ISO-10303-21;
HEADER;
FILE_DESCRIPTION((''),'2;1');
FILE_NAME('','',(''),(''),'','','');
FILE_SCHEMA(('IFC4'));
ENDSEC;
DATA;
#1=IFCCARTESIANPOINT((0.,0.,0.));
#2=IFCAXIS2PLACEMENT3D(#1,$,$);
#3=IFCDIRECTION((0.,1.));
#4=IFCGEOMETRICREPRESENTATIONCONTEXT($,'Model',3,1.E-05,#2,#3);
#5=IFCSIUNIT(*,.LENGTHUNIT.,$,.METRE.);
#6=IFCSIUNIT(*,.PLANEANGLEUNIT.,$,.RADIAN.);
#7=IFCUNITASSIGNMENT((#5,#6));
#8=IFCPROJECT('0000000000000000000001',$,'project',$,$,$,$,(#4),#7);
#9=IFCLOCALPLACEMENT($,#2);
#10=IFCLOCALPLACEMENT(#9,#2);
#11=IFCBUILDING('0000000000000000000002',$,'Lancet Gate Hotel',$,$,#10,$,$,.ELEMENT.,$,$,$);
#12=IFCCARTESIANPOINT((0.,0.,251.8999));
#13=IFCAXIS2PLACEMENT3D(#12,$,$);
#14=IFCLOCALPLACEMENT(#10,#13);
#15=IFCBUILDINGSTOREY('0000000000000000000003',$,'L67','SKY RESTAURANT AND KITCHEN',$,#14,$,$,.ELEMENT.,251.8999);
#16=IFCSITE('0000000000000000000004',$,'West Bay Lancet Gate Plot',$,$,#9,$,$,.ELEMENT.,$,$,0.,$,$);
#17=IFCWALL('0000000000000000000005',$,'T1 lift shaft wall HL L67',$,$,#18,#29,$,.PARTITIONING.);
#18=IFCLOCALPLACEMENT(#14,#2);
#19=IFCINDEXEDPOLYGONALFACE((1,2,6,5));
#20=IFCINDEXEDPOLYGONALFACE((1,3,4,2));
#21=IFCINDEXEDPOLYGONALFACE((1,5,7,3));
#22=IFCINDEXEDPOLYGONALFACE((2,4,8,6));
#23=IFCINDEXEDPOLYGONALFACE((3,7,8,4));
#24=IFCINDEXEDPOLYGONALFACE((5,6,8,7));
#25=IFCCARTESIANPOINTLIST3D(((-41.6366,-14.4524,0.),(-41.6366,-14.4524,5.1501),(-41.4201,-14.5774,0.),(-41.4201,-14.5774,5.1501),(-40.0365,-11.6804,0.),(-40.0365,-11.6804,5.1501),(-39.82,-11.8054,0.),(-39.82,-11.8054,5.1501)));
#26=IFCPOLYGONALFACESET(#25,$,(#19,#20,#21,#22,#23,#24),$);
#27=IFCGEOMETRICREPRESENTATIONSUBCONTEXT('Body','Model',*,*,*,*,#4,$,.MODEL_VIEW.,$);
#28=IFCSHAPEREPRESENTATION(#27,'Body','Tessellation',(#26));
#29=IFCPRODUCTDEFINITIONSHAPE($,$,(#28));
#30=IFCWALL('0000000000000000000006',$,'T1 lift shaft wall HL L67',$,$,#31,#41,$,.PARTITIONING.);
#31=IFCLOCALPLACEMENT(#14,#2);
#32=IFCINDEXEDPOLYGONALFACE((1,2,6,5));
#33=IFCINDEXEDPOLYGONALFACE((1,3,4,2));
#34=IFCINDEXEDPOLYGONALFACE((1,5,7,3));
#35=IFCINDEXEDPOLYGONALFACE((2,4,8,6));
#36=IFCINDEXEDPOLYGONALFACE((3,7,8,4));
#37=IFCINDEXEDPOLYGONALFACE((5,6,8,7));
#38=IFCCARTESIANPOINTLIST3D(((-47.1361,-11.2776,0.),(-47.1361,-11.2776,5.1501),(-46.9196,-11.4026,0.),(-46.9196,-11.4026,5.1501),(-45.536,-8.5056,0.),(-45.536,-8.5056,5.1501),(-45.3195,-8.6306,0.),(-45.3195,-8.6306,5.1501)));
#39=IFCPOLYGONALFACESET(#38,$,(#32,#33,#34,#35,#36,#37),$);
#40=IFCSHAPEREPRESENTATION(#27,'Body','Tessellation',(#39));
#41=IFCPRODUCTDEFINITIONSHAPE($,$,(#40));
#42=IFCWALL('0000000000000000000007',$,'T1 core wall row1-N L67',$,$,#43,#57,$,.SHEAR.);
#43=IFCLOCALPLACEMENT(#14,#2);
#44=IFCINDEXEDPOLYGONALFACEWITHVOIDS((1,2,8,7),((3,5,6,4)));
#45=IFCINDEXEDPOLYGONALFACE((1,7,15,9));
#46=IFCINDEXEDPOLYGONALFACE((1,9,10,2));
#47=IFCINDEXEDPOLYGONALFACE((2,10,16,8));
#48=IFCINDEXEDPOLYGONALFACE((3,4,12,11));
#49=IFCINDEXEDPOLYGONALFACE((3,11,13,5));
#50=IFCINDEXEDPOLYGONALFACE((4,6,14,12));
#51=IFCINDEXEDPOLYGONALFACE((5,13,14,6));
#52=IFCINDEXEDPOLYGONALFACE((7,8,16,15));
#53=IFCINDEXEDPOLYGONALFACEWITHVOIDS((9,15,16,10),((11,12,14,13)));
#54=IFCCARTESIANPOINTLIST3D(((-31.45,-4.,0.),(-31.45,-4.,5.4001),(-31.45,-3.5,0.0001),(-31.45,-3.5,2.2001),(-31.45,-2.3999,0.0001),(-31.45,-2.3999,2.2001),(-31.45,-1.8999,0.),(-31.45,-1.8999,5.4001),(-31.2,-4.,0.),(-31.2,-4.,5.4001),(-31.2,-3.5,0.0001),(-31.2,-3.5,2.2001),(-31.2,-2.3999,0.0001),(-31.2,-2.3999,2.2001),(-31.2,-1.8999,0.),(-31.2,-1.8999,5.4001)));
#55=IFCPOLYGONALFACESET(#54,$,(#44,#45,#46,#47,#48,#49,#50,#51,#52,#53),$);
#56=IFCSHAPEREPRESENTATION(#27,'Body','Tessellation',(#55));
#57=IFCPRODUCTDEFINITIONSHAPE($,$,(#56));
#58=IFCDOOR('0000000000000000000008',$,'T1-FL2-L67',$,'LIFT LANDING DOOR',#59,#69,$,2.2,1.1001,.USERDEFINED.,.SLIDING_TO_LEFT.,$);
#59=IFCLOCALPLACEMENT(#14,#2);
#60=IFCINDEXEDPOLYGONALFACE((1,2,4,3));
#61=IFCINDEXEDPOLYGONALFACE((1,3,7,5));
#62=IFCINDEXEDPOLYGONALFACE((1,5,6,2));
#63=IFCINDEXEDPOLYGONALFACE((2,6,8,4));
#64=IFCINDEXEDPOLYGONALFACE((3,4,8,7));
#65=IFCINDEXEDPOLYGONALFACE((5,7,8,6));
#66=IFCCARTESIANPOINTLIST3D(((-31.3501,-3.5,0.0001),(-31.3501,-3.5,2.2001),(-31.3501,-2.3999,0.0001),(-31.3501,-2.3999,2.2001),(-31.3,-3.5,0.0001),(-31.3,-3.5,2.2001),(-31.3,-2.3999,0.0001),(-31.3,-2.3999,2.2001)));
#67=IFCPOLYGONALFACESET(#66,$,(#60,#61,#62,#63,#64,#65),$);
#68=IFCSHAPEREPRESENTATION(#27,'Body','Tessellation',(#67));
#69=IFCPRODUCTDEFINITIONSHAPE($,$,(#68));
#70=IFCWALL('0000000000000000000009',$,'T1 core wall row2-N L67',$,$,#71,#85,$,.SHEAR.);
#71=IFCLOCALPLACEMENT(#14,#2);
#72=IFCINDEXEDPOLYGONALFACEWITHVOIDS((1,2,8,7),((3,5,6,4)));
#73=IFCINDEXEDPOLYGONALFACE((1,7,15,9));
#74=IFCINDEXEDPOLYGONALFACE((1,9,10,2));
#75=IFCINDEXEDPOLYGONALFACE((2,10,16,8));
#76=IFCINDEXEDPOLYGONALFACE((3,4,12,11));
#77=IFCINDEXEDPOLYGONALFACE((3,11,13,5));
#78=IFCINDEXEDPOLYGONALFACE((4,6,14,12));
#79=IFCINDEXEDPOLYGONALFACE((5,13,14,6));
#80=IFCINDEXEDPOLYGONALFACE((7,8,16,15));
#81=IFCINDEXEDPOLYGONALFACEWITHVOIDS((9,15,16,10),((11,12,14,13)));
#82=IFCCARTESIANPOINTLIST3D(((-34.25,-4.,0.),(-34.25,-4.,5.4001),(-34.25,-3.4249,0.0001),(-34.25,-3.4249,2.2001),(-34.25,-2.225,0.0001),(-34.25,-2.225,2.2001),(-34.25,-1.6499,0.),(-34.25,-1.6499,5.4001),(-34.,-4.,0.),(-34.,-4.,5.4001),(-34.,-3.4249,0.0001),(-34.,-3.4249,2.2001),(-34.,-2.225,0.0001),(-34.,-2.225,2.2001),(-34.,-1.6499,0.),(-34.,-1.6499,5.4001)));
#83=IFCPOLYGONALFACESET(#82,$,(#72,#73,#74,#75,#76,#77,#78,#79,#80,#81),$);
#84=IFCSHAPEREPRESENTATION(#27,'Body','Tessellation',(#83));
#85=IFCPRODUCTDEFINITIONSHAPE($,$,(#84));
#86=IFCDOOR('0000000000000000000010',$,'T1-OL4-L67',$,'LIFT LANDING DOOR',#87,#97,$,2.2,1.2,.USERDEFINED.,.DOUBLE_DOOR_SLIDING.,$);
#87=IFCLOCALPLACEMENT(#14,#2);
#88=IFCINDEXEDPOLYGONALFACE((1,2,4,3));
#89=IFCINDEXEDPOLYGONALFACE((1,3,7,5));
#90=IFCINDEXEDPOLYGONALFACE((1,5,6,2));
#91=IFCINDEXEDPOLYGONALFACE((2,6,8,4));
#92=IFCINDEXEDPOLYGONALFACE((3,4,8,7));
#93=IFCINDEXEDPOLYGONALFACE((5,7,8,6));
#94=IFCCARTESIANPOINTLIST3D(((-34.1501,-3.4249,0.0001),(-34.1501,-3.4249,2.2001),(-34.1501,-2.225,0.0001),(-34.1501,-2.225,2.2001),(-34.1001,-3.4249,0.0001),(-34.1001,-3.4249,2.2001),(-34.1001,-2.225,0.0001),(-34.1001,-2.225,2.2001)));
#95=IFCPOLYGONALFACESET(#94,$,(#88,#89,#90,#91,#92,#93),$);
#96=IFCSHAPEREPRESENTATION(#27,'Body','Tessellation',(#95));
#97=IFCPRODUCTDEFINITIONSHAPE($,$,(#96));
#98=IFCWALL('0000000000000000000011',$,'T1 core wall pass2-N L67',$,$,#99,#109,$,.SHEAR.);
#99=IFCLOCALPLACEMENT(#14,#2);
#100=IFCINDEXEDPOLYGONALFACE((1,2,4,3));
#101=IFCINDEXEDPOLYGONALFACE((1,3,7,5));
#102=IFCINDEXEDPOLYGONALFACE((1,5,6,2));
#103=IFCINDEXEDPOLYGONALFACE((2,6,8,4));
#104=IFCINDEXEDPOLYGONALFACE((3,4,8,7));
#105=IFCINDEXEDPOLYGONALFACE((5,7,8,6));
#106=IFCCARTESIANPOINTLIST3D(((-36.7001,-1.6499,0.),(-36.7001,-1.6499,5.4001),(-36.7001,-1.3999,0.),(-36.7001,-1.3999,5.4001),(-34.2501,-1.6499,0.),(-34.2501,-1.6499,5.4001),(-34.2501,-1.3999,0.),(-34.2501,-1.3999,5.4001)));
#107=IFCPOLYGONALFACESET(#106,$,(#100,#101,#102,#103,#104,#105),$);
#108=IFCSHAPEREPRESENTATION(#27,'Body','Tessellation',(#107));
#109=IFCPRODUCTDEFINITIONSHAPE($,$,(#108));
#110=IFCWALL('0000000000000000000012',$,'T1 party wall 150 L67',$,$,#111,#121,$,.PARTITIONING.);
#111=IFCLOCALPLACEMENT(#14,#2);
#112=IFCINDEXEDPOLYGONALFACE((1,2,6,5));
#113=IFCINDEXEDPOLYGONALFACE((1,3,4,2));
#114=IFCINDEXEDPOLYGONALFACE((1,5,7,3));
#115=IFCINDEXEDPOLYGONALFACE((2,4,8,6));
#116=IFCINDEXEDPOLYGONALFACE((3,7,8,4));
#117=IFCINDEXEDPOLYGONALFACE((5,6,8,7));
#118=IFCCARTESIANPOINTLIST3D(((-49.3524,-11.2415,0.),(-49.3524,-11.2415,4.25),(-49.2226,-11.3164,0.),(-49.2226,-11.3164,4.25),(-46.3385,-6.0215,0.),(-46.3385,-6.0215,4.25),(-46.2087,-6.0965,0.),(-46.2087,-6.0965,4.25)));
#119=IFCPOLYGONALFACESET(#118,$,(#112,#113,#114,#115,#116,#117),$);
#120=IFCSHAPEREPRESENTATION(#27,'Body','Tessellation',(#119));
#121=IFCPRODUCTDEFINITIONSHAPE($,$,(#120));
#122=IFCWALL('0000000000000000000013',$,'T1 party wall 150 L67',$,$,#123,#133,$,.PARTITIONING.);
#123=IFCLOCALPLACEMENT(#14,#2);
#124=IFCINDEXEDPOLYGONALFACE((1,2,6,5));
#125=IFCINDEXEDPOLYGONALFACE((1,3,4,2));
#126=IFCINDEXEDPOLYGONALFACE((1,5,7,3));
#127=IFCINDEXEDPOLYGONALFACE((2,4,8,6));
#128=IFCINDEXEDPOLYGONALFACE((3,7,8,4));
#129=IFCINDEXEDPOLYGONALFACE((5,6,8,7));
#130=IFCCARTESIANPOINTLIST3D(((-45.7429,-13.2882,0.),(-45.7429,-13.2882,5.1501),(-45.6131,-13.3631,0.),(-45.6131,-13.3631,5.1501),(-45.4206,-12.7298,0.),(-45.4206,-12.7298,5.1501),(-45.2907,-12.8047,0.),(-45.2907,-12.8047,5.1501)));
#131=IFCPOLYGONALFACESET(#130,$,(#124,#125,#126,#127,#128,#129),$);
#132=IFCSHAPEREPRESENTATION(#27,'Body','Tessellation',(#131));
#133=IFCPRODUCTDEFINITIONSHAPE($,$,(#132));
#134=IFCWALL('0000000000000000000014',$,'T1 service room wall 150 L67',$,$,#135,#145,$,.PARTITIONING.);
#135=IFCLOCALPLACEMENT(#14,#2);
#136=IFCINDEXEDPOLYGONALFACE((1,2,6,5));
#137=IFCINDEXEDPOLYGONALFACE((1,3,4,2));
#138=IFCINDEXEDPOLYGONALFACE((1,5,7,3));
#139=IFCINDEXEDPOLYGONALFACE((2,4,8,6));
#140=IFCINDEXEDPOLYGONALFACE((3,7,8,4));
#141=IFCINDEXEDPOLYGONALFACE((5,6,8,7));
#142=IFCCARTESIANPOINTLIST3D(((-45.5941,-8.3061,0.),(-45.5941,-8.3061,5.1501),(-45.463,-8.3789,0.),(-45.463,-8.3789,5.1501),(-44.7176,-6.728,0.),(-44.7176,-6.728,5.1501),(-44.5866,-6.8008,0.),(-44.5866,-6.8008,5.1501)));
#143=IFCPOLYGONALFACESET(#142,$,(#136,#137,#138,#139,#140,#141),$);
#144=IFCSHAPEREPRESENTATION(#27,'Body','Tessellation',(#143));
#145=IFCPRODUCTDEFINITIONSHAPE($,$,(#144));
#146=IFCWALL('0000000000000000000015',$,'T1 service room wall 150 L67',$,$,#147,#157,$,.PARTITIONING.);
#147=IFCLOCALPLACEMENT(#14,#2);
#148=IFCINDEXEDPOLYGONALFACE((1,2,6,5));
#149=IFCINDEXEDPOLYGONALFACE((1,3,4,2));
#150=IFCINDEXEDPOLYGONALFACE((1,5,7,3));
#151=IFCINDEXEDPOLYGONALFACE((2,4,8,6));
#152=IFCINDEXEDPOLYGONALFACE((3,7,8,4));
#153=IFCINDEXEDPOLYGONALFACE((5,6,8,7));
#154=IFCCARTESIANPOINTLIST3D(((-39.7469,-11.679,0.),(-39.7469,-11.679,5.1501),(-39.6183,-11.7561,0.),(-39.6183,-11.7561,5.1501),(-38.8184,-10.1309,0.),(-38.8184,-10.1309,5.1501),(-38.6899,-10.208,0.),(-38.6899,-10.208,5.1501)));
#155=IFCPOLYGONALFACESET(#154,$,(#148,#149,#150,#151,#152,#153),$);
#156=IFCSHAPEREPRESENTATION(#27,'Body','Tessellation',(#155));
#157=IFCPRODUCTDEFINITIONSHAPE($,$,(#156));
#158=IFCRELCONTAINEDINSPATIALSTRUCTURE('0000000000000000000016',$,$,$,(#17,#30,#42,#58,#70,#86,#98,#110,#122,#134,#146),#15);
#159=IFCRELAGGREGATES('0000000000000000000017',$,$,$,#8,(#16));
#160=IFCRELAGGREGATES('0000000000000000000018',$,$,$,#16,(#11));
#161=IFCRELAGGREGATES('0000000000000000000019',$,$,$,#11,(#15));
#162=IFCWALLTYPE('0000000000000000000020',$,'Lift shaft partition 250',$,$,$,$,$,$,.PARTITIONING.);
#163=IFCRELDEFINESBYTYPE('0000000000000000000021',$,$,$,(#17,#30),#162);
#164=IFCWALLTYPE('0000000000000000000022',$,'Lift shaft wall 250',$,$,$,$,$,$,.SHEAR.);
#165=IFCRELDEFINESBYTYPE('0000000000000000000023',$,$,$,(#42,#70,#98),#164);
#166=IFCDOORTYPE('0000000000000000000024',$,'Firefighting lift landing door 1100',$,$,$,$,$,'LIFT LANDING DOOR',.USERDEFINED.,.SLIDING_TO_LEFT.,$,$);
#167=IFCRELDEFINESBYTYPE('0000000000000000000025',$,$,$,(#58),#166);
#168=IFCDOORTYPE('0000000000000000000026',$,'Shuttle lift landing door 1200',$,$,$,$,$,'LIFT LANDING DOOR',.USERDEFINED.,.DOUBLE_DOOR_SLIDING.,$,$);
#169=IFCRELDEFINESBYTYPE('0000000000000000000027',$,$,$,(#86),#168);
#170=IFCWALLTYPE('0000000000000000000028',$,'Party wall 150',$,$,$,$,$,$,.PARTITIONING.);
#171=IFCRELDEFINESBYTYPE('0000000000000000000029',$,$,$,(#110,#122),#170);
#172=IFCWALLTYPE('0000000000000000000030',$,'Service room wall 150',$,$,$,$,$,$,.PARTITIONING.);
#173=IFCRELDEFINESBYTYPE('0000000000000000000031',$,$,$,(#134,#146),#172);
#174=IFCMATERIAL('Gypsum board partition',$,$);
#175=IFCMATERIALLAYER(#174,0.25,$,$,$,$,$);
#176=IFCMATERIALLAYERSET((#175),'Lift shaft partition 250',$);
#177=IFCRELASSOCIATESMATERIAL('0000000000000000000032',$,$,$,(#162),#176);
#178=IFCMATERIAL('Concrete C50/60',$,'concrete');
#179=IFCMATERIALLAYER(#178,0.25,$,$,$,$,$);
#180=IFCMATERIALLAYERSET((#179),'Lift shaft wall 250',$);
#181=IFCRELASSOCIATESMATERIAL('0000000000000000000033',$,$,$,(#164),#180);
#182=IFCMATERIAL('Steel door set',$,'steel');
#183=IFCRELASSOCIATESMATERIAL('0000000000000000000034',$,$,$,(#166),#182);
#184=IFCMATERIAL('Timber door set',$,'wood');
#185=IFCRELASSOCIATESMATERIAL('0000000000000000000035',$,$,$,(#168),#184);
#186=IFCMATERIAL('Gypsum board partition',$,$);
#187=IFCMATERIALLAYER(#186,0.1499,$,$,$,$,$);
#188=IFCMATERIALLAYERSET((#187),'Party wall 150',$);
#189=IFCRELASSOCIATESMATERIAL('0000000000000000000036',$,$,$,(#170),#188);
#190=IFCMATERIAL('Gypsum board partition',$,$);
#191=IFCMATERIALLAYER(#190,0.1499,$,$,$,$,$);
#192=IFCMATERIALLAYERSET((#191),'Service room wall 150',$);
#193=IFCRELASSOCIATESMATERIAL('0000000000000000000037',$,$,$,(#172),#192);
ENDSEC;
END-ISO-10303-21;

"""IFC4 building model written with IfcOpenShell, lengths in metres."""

from ifc_helpers import new_model, si_unit, direction, frame, frame_2d, origin, place, context, subcontext, project, spatial, rectangle, extrude, material, layer, layer_set, type_object, element, fill, save


model = new_model("IFC4")

# Units and contexts
model_context = context("Model", 3, precision=1e-05, world=origin(), true_north=direction((0.0, 1.0)))
body_context = subcontext(model_context, "Body", "Model", "MODEL_VIEW")
ifc_project = project(units=[si_unit("LENGTHUNIT", "METRE"), si_unit("PLANEANGLEUNIT", "RADIAN")], contexts=[model_context])

# Site, building, storey
site_placement = place(None, origin())
site = spatial("IfcSite", under=ifc_project, at=site_placement, Name="West Bay Lancet Gate Plot", CompositionType="ELEMENT", RefElevation=0.0)
building_placement = place(site_placement, origin())
building = spatial("IfcBuilding", under=site, at=building_placement, Name="Lancet Gate Hotel", CompositionType="ELEMENT")
storey_placement = place(building_placement, frame((0.0, 0.0, 251.8999)))
storey = spatial("IfcBuildingStorey", under=building, at=storey_placement, Name="L67", Description="SKY RESTAURANT AND KITCHEN", CompositionType="ELEMENT", Elevation=251.8999)

# Walls
ifc_material_1 = material(Name="Gypsum board partition")
ifc_layer_1 = layer(ifc_material_1, 0.25)
ifc_layer_set_1 = layer_set([ifc_layer_1], Name="Lift shaft partition 250")
wall_type_1 = type_object("IfcWallType", Name="Lift shaft partition 250", PredefinedType="PARTITIONING", material=ifc_layer_set_1)
for number, where, z_axis, x_axis, name in (
    (1, (-39.9282, -11.7429, 0.0), (0.0, 0.0, 1.0), (-0.499929, -0.866066, 0.0), "T1 lift shaft wall HL L67"),
    (2, (-45.4277, -8.5681, 0.0), (0.0, 0.0, 1.0), (-0.499929, -0.866066, 0.0), "T1 lift shaft wall HL L67"),
):
    element("IfcWall", number, at=place(storey_placement, frame(where, z_axis=z_axis, x_axis=x_axis)), inside=storey, type_object=wall_type_1, Name=name, PredefinedType="PARTITIONING", context=body_context, shape_type="SweptSolid", body=[
        extrude(rectangle(XDim=3.2007, YDim=0.25, at=frame_2d((1.6003, 0.0))), origin(), (0.0, 0.0, 1.0), 5.1501),
    ])

# Walls, openings, doors
ifc_material_2 = material(Name="Concrete C50/60", Category="concrete")
ifc_layer_2 = layer(ifc_material_2, 0.25)
ifc_layer_set_2 = layer_set([ifc_layer_2], Name="Lift shaft wall 250")
wall_type_2 = type_object("IfcWallType", Name="Lift shaft wall 250", PredefinedType="SHEAR", material=ifc_layer_set_2)
wall_1_placement = place(storey_placement, frame((-31.325, -1.8999, 0.0), z_axis=(0.0, 0.0, 1.0), x_axis=(0.0, -1.0, 0.0)))
wall_1 = element("IfcWall", 3, at=wall_1_placement, inside=storey, type_object=wall_type_2, Name="T1 core wall row1-N L67", PredefinedType="SHEAR", context=body_context, shape_type="SweptSolid", body=[
    extrude(rectangle(XDim=2.1001, YDim=0.25, at=frame_2d((1.05, 0.0))), origin(), (0.0, 0.0, 1.0), 5.4001),
])
opening_1_placement = place(wall_1_placement, frame((0.5, 0.0, 0.0)))
opening_1 = element("IfcOpeningElement", 4, at=opening_1_placement, cuts=wall_1, PredefinedType="OPENING", context=body_context, shape_type="SweptSolid", body=[
    extrude(rectangle(XDim=1.1001, YDim=2.2, at=frame_2d((0.55, 1.1001))), frame((0.0, 0.135, 0.0), z_axis=(0.0, -1.0, 0.0), x_axis=(1.0, 0.0, 0.0)), (0.0, 0.0, 1.0), 0.27),
])
ifc_material_3 = material(Name="Steel door set", Category="steel")
door_type_1 = type_object("IfcDoorType", Name="Firefighting lift landing door 1100", ElementType="LIFT LANDING DOOR", OperationType="SLIDING_TO_LEFT", PredefinedType="USERDEFINED", material=ifc_material_3)
door_1_placement = place(opening_1_placement, origin())
door_1 = element("IfcDoor", 5, at=door_1_placement, inside=storey, type_object=door_type_1, Name="T1-FL2-L67", ObjectType="LIFT LANDING DOOR", OperationType="SLIDING_TO_LEFT", OverallHeight=2.2, OverallWidth=1.1001, PredefinedType="USERDEFINED", context=body_context, shape_type="SweptSolid", body=[
    extrude(rectangle(XDim=1.1001, YDim=2.2, at=frame_2d((0.55, 1.1001))), frame((0.0, 0.0249, 0.0), z_axis=(0.0, -1.0, 0.0), x_axis=(1.0, 0.0, 0.0)), (0.0, 0.0, 1.0), 0.05),
])
fill(opening_1, door_1)
wall_2_placement = place(storey_placement, frame((-34.125, -1.6499, 0.0), z_axis=(0.0, 0.0, 1.0), x_axis=(0.0, -1.0, 0.0)))
wall_2 = element("IfcWall", 6, at=wall_2_placement, inside=storey, type_object=wall_type_2, Name="T1 core wall row2-N L67", PredefinedType="SHEAR", context=body_context, shape_type="SweptSolid", body=[
    extrude(rectangle(XDim=2.3501, YDim=0.25, at=frame_2d((1.175, 0.0))), origin(), (0.0, 0.0, 1.0), 5.4001),
])
opening_2_placement = place(wall_2_placement, frame((0.575, 0.0, 0.0)))
opening_2 = element("IfcOpeningElement", 7, at=opening_2_placement, cuts=wall_2, PredefinedType="OPENING", context=body_context, shape_type="SweptSolid", body=[
    extrude(rectangle(XDim=1.2, YDim=2.2, at=frame_2d((0.6001, 1.1001))), frame((0.0, 0.135, 0.0), z_axis=(0.0, -1.0, 0.0), x_axis=(1.0, 0.0, 0.0)), (0.0, 0.0, 1.0), 0.27),
])
ifc_material_4 = material(Name="Timber door set", Category="wood")
door_type_2 = type_object("IfcDoorType", Name="Shuttle lift landing door 1200", ElementType="LIFT LANDING DOOR", OperationType="DOUBLE_DOOR_SLIDING", PredefinedType="USERDEFINED", material=ifc_material_4)
door_2_placement = place(opening_2_placement, origin())
door_2 = element("IfcDoor", 8, at=door_2_placement, inside=storey, type_object=door_type_2, Name="T1-OL4-L67", ObjectType="LIFT LANDING DOOR", OperationType="DOUBLE_DOOR_SLIDING", OverallHeight=2.2, OverallWidth=1.2, PredefinedType="USERDEFINED", context=body_context, shape_type="SweptSolid", body=[
    extrude(rectangle(XDim=1.2, YDim=2.2, at=frame_2d((0.6001, 1.1001))), frame((0.0, 0.0249, 0.0), z_axis=(0.0, -1.0, 0.0), x_axis=(1.0, 0.0, 0.0)), (0.0, 0.0, 1.0), 0.05),
])
fill(opening_2, door_2)

# Walls
wall_3_placement = place(storey_placement, frame((-34.25, -1.5249, 0.0), z_axis=(0.0, 0.0, 1.0), x_axis=(-1.0, 0.0, 0.0)))
element("IfcWall", 9, at=wall_3_placement, inside=storey, type_object=wall_type_2, Name="T1 core wall pass2-N L67", PredefinedType="SHEAR", context=body_context, shape_type="SweptSolid", body=[
    extrude(rectangle(XDim=2.45, YDim=0.25, at=frame_2d((1.2251, 0.0))), origin(), (0.0, 0.0, 1.0), 5.4001),
])
ifc_material_5 = material(Name="Gypsum board partition")
ifc_layer_3 = layer(ifc_material_5, 0.1499)
ifc_layer_set_3 = layer_set([ifc_layer_3], Name="Party wall 150")
wall_type_3 = type_object("IfcWallType", Name="Party wall 150", PredefinedType="PARTITIONING", material=ifc_layer_set_3)
wall_4_placement = place(storey_placement, frame((-46.2737, -6.0591, 0.0), z_axis=(0.0, 0.0, 1.0), x_axis=(-0.50002, -0.866014, 0.0)))
element("IfcWall", 10, at=wall_4_placement, inside=storey, type_object=wall_type_3, Name="T1 party wall 150 L67", PredefinedType="PARTITIONING", context=body_context, shape_type="SweptSolid", body=[
    extrude(rectangle(XDim=6.0276, YDim=0.1499, at=frame_2d((3.0137, 0.0))), origin(), (0.0, 0.0, 1.0), 4.25),
])
wall_5_placement = place(storey_placement, frame((-45.3557, -12.7673, 0.0), z_axis=(0.0, 0.0, 1.0), x_axis=(-0.499886, -0.866091, 0.0)))
element("IfcWall", 11, at=wall_5_placement, inside=storey, type_object=wall_type_3, Name="T1 party wall 150 L67", PredefinedType="PARTITIONING", context=body_context, shape_type="SweptSolid", body=[
    extrude(rectangle(XDim=0.6448, YDim=0.1499, at=frame_2d((0.3223, 0.0))), origin(), (0.0, 0.0, 1.0), 5.1501),
])
ifc_material_6 = material(Name="Gypsum board partition")
ifc_layer_4 = layer(ifc_material_6, 0.1499)
ifc_layer_set_4 = layer_set([ifc_layer_4], Name="Service room wall 150")
wall_type_4 = type_object("IfcWallType", Name="Service room wall 150", PredefinedType="PARTITIONING", material=ifc_layer_set_4)
for number, where, z_axis, x_axis, name in (
    (12, (-44.6521, -6.7644, 0.0), (0.0, 0.0, 1.0), (-0.485528, -0.874221, 0.0), "T1 service room wall 150 L67"),
    (13, (-39.6826, -11.7175, 0.0), (0.0, 0.0, 1.0), (0.514337, 0.857588, 0.0), "T1 service room wall 150 L67"),
):
    element("IfcWall", number, at=place(storey_placement, frame(where, z_axis=z_axis, x_axis=x_axis)), inside=storey, type_object=wall_type_4, Name=name, PredefinedType="PARTITIONING", context=body_context, shape_type="SweptSolid", body=[
        extrude(rectangle(XDim=1.8052, YDim=0.1499, at=frame_2d((0.9026, 0.0))), origin(), (0.0, 0.0, 1.0), 5.1501),
    ])

save(model, "model.ifc")
